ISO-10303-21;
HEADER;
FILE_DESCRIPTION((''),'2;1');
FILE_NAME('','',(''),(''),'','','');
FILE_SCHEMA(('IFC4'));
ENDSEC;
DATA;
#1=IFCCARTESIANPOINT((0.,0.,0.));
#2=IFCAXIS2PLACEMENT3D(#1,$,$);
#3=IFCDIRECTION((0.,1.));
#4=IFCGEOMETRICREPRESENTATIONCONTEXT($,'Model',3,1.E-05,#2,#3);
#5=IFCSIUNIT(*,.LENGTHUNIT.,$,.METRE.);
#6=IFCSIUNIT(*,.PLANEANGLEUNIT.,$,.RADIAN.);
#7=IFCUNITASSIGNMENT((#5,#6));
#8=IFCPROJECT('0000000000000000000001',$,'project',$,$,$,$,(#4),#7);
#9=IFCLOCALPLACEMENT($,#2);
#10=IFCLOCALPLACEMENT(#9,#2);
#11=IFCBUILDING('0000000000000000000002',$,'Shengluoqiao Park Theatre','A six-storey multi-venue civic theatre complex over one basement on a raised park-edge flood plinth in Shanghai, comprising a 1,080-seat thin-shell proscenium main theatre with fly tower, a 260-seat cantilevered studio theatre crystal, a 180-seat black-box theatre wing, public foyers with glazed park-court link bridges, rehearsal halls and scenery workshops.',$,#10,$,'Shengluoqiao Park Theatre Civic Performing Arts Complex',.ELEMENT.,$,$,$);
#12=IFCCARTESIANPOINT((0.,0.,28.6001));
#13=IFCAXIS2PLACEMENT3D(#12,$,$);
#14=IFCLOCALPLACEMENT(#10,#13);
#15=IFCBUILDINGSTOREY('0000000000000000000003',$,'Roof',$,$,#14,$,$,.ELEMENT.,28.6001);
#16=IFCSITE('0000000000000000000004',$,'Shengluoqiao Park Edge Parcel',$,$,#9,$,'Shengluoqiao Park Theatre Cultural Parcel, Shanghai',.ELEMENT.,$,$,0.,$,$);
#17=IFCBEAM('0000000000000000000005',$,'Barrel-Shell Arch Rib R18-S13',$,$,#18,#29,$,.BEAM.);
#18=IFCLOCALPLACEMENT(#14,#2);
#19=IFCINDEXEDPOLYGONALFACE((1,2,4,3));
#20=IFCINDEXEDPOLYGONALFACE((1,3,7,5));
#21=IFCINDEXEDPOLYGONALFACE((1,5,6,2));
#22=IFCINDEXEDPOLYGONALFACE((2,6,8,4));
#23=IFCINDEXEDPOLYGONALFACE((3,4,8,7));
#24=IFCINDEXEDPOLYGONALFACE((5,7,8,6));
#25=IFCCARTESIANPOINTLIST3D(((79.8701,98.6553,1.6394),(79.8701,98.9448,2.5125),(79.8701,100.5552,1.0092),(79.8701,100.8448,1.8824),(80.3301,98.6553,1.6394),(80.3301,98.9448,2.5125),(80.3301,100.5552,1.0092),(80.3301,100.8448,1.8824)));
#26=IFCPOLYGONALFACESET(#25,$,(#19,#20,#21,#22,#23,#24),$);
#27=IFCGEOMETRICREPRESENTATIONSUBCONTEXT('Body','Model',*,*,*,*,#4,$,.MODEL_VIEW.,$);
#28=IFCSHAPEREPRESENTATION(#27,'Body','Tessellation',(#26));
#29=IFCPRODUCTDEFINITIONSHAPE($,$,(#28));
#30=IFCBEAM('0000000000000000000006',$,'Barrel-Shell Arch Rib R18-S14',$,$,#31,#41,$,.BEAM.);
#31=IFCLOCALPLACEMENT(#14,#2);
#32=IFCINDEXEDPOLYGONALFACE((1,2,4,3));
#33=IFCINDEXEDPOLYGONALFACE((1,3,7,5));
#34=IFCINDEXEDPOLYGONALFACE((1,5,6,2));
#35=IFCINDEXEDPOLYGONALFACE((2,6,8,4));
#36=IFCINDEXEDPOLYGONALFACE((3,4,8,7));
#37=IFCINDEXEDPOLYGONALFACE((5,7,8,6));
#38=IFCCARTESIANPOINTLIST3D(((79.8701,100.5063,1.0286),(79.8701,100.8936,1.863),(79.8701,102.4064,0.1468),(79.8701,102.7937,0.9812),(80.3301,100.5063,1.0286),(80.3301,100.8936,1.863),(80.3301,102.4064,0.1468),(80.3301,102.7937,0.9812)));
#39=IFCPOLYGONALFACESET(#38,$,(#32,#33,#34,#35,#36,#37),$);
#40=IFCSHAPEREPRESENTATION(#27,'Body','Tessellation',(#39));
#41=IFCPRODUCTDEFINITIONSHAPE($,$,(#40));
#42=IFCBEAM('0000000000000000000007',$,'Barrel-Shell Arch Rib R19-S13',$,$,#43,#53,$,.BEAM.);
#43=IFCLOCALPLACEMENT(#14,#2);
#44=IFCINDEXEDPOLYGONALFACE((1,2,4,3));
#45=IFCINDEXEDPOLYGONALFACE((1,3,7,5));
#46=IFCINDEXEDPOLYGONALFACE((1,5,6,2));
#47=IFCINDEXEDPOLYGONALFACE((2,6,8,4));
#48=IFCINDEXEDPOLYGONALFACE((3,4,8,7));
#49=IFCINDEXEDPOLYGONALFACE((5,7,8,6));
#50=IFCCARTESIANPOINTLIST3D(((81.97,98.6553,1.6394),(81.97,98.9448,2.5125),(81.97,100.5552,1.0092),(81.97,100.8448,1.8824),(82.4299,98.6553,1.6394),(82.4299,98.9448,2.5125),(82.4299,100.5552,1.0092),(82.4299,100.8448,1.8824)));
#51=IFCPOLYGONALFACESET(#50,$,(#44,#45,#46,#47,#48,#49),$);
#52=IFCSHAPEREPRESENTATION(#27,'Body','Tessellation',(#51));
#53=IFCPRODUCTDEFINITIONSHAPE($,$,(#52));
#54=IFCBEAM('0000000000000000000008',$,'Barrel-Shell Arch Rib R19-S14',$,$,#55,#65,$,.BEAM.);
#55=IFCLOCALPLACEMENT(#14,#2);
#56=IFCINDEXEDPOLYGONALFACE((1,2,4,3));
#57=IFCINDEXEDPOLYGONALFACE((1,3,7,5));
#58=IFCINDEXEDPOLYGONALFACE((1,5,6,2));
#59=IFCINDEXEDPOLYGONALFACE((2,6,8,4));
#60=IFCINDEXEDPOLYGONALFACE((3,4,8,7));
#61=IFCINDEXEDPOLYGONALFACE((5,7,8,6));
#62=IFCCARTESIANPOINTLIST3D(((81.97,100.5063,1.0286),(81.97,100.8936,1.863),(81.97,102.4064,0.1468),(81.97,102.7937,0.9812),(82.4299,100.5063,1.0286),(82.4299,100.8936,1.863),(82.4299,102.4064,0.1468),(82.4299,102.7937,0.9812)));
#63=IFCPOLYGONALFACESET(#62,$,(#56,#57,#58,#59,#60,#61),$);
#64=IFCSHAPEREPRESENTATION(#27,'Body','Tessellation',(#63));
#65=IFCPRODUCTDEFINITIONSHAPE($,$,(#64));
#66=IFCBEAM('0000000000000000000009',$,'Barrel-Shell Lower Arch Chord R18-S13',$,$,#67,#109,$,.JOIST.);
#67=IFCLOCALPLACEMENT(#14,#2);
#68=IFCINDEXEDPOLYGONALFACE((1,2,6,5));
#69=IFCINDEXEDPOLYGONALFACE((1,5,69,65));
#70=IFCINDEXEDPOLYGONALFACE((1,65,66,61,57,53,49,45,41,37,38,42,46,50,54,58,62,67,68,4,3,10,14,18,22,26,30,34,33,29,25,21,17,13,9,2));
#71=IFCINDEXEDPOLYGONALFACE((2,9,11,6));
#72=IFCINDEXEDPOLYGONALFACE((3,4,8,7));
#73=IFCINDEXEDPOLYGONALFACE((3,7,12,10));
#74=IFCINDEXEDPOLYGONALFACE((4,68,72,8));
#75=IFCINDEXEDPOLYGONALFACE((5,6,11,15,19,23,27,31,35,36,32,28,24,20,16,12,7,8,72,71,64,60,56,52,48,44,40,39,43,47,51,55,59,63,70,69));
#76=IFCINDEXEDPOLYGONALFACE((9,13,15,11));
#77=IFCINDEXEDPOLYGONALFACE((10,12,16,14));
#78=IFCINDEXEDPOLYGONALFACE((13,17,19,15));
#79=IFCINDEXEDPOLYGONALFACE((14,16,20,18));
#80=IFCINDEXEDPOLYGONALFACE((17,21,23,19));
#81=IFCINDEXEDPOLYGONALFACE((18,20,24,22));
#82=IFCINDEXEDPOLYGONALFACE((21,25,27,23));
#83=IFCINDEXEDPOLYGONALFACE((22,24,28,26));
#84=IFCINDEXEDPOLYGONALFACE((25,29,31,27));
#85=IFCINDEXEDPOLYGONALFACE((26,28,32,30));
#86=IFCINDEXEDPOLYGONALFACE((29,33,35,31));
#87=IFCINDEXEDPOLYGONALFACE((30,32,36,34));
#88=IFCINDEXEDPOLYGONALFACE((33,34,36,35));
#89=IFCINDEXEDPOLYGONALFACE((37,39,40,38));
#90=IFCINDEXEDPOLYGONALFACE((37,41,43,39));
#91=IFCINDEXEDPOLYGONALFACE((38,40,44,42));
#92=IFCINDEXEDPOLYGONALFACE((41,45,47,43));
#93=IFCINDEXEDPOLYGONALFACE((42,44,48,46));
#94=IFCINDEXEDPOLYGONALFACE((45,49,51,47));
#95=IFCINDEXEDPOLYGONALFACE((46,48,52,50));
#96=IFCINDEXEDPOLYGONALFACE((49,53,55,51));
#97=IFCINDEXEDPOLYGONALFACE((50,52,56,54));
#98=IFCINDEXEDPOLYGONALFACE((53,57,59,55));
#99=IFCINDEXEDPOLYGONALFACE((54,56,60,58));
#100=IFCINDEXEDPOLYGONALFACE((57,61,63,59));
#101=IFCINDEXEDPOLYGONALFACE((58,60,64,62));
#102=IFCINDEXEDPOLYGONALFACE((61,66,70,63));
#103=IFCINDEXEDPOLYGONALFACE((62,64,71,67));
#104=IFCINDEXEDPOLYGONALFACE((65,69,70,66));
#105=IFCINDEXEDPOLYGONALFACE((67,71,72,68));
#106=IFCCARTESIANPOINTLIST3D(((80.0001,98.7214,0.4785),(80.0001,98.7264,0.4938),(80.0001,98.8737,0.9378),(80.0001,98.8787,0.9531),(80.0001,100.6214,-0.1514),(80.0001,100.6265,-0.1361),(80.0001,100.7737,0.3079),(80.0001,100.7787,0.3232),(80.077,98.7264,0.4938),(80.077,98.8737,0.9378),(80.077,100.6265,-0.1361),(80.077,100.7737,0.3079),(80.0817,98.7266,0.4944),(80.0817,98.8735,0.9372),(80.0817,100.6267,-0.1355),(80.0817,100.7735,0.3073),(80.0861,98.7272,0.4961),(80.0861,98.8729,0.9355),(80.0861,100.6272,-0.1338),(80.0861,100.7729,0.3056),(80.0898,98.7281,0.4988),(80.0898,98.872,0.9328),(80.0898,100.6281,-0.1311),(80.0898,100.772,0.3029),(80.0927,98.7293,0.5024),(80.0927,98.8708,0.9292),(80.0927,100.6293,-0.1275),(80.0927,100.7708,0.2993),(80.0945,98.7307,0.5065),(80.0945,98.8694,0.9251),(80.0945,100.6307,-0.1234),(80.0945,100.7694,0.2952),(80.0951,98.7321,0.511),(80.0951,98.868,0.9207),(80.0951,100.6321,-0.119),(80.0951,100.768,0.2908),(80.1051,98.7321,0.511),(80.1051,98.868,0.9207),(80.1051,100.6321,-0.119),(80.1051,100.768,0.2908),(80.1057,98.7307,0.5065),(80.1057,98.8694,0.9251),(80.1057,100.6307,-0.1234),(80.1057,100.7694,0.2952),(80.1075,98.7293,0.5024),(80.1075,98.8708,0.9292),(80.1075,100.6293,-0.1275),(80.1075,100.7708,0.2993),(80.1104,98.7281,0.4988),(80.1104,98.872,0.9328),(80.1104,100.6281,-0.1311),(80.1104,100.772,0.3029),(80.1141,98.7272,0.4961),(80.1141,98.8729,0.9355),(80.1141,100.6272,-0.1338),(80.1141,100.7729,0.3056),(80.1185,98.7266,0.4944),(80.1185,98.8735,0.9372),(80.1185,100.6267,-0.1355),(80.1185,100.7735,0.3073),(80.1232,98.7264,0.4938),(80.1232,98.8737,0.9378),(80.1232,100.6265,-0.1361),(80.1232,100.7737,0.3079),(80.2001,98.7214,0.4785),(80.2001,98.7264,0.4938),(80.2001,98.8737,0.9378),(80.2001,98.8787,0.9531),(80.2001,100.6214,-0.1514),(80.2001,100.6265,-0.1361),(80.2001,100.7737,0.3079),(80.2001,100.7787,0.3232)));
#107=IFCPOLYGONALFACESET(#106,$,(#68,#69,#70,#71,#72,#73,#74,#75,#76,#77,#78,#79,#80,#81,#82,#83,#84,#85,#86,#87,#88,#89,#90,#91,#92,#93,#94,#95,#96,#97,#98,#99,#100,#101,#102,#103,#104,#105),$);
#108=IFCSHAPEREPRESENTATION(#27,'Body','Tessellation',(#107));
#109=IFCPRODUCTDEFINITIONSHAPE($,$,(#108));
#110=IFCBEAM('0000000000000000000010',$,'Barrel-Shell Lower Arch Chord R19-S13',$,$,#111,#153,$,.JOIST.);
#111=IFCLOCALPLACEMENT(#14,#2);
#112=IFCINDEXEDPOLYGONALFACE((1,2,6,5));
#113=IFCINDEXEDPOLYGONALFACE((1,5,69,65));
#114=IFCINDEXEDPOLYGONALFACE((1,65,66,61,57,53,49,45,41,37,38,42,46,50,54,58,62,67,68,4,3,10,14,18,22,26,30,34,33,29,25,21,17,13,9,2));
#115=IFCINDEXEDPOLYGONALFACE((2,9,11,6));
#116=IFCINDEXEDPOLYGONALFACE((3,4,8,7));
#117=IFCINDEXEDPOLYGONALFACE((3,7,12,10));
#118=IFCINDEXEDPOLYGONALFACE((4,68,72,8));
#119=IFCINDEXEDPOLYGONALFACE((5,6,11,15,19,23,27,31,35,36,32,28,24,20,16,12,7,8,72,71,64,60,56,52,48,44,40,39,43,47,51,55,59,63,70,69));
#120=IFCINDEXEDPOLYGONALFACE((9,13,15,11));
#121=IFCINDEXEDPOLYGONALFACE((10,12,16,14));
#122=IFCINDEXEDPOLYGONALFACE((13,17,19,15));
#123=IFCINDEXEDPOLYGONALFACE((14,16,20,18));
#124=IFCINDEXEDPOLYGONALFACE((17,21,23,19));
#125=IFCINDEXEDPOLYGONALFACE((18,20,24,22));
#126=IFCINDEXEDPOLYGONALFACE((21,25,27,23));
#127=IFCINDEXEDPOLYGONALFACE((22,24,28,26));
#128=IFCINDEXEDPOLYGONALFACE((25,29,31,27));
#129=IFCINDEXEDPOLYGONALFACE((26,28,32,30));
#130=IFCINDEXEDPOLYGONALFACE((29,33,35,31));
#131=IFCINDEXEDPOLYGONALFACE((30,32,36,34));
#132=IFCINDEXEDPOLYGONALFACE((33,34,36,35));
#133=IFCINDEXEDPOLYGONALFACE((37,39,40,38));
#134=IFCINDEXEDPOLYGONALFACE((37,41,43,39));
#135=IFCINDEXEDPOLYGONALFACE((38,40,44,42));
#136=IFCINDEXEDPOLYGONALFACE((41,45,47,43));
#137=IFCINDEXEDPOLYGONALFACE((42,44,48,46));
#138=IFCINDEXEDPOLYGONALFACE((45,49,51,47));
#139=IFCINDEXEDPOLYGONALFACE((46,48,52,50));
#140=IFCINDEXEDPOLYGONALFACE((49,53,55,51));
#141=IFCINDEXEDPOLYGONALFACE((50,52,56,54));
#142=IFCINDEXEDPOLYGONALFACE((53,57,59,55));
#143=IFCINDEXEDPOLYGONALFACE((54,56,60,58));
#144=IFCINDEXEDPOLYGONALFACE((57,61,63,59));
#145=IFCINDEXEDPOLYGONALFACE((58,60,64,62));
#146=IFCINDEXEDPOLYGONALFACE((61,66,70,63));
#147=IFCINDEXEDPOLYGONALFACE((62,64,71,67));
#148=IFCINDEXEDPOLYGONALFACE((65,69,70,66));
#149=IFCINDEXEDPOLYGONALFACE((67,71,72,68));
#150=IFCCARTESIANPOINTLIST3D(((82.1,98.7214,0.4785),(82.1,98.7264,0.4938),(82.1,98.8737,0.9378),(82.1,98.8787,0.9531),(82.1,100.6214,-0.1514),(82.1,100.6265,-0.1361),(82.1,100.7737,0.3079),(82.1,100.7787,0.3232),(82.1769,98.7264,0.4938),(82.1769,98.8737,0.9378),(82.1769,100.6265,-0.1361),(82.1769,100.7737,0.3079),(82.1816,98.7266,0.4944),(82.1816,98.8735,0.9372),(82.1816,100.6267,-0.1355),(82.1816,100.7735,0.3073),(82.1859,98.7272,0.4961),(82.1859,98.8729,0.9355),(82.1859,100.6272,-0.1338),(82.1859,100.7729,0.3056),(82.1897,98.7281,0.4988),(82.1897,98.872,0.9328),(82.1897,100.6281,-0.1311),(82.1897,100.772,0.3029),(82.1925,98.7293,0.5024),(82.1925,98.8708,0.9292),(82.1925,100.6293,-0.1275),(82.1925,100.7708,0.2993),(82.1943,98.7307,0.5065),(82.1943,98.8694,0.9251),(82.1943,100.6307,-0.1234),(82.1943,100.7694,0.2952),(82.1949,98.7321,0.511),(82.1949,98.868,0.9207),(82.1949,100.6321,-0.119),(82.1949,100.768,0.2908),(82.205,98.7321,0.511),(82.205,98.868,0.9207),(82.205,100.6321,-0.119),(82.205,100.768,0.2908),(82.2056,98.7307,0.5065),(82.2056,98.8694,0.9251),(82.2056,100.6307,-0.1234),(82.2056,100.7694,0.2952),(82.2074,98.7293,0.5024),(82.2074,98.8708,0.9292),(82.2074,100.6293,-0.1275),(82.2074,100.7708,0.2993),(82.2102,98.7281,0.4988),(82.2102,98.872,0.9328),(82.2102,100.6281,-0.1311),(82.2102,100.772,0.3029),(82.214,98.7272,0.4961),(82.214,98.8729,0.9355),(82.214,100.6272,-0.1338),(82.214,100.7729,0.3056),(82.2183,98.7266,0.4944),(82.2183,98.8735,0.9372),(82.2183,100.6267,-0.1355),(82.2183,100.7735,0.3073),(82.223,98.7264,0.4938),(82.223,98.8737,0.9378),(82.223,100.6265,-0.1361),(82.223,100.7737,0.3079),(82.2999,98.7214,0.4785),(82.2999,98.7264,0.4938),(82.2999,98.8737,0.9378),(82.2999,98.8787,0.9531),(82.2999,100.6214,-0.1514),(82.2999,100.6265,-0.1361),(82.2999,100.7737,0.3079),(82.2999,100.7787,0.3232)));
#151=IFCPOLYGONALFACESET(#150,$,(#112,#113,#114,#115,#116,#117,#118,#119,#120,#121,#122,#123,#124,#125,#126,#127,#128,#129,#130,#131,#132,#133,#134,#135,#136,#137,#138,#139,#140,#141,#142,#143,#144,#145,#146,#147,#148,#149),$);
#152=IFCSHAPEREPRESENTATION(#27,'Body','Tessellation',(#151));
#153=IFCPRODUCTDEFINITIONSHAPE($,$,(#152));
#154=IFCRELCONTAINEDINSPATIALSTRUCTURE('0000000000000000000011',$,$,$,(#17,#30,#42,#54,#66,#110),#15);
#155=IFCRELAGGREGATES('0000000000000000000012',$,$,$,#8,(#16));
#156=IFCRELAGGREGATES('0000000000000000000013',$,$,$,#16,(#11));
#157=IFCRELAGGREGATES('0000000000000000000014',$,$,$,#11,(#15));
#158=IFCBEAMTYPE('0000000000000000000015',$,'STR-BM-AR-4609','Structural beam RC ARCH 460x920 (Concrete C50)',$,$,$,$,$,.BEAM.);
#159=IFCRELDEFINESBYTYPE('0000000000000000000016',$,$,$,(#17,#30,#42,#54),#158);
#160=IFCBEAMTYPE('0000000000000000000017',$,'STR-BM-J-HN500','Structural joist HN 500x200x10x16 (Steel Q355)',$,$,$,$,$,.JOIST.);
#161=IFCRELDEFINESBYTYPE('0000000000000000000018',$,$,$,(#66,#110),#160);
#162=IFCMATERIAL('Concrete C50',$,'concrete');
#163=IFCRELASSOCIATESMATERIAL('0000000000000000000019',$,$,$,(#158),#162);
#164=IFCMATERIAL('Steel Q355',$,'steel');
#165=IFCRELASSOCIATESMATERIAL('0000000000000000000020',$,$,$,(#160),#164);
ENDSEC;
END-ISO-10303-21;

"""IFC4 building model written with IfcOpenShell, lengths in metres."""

from ifc_helpers import new_model, si_unit, direction, frame, origin, origin_2d, place, context, subcontext, project, spatial, rectangle, i_section, extrude, material, material_profile, profile_set, type_object, element, save


model = new_model("IFC4")

# Units and contexts
model_context = context("Model", 3, precision=1e-05, world=origin(), true_north=direction((0.0, 1.0)))
body_context = subcontext(model_context, "Body", "Model", "MODEL_VIEW")
ifc_project = project(units=[si_unit("LENGTHUNIT", "METRE"), si_unit("PLANEANGLEUNIT", "RADIAN")], contexts=[model_context])

# Site, building, storey
site_placement = place(None, origin())
site = spatial("IfcSite", under=ifc_project, at=site_placement, Name="Shengluoqiao Park Edge Parcel", LongName="Shengluoqiao Park Theatre Cultural Parcel, Shanghai", CompositionType="ELEMENT", RefElevation=0.0)
building_placement = place(site_placement, origin())
building = spatial("IfcBuilding", under=site, at=building_placement, Name="Shengluoqiao Park Theatre", Description="A six-storey multi-venue civic theatre complex over one basement on a raised park-edge flood plinth in Shanghai, comprising a 1,080-seat thin-shell proscenium main theatre with fly tower, a 260-seat cantilevered studio theatre crystal, a 180-seat black-box theatre wing, public foyers with glazed park-court link bridges, rehearsal halls and scenery workshops.", LongName="Shengluoqiao Park Theatre Civic Performing Arts Complex", CompositionType="ELEMENT")
storey_placement = place(building_placement, frame((0.0, 0.0, 28.6001)))
storey = spatial("IfcBuildingStorey", under=building, at=storey_placement, Name="Roof", CompositionType="ELEMENT", Elevation=28.6001)

# Beams
ifc_material_1 = material(Name="Concrete C50", Category="concrete")
ifc_material_profile_1 = material_profile(ifc_material_1, rectangle(XDim=0.46, YDim=0.9199, at=origin_2d()), Name="RC ARCH 460x920")
ifc_profile_set_1 = profile_set([ifc_material_profile_1], Name="Concrete C50")
beam_type_1 = type_object("IfcBeamType", Name="STR-BM-AR-4609", Description="Structural beam RC ARCH 460x920 (Concrete C50)", PredefinedType="BEAM", material=ifc_profile_set_1)
beam_1_placement = place(storey_placement, frame((80.1001, 98.8, 2.0759), z_axis=(0.0, 0.949158, -0.3148), x_axis=(-1.0, 0.0, 0.0)))
element("IfcBeam", 1, at=beam_1_placement, inside=storey, type_object=beam_type_1, Name="Barrel-Shell Arch Rib R18-S13", PredefinedType="BEAM", context=body_context, shape_type="SweptSolid", body=[
    extrude(rectangle(XDim=0.46, YDim=0.9199, at=origin_2d()), origin(), (0.0, 0.0, 1.0), 2.0017),
])
beam_2_placement = place(storey_placement, frame((80.1001, 100.7, 1.4458), z_axis=(0.0, 0.907077, -0.420964), x_axis=(-1.0, 0.0, 0.0)))
element("IfcBeam", 2, at=beam_2_placement, inside=storey, type_object=beam_type_1, Name="Barrel-Shell Arch Rib R18-S14", PredefinedType="BEAM", context=body_context, shape_type="SweptSolid", body=[
    extrude(rectangle(XDim=0.46, YDim=0.9199, at=origin_2d()), origin(), (0.0, 0.0, 1.0), 2.0947),
])
beam_3_placement = place(storey_placement, frame((82.2, 98.8, 2.0759), z_axis=(0.0, 0.949158, -0.3148), x_axis=(-1.0, 0.0, 0.0)))
element("IfcBeam", 3, at=beam_3_placement, inside=storey, type_object=beam_type_1, Name="Barrel-Shell Arch Rib R19-S13", PredefinedType="BEAM", context=body_context, shape_type="SweptSolid", body=[
    extrude(rectangle(XDim=0.46, YDim=0.9199, at=origin_2d()), origin(), (0.0, 0.0, 1.0), 2.0017),
])
beam_4_placement = place(storey_placement, frame((82.2, 100.7, 1.4458), z_axis=(0.0, 0.907077, -0.420964), x_axis=(-1.0, 0.0, 0.0)))
element("IfcBeam", 4, at=beam_4_placement, inside=storey, type_object=beam_type_1, Name="Barrel-Shell Arch Rib R19-S14", PredefinedType="BEAM", context=body_context, shape_type="SweptSolid", body=[
    extrude(rectangle(XDim=0.46, YDim=0.9199, at=origin_2d()), origin(), (0.0, 0.0, 1.0), 2.0947),
])
ifc_material_2 = material(Name="Steel Q355", Category="steel")
ifc_material_profile_2 = material_profile(ifc_material_2, i_section(OverallWidth=0.2, OverallDepth=0.5, WebThickness=0.01, FlangeThickness=0.0161, FilletRadius=0.0181, at=origin_2d()), Name="HN 500x200x10x16")
ifc_profile_set_2 = profile_set([ifc_material_profile_2], Name="Steel Q355")
beam_type_2 = type_object("IfcBeamType", Name="STR-BM-J-HN500", Description="Structural joist HN 500x200x10x16 (Steel Q355)", PredefinedType="JOIST", material=ifc_profile_set_2)
for number, where, z_axis, x_axis, name in (
    (5, (80.1001, 98.8, 0.7158), (0.0, 0.949194, -0.31469), (-1.0, 0.0, 0.0), "Barrel-Shell Lower Arch Chord R18-S13"),
    (6, (82.2, 98.8, 0.7158), (0.0, 0.949194, -0.31469), (-1.0, 0.0, 0.0), "Barrel-Shell Lower Arch Chord R19-S13"),
):
    element("IfcBeam", number, at=place(storey_placement, frame(where, z_axis=z_axis, x_axis=x_axis)), inside=storey, type_object=beam_type_2, Name=name, PredefinedType="JOIST", context=body_context, shape_type="SweptSolid", body=[
        extrude(i_section(OverallWidth=0.2, OverallDepth=0.5, WebThickness=0.01, FlangeThickness=0.0161, FilletRadius=0.0181, at=origin_2d()), origin(), (0.0, 0.0, 1.0), 2.0017),
    ])

save(model, "model.ifc")
